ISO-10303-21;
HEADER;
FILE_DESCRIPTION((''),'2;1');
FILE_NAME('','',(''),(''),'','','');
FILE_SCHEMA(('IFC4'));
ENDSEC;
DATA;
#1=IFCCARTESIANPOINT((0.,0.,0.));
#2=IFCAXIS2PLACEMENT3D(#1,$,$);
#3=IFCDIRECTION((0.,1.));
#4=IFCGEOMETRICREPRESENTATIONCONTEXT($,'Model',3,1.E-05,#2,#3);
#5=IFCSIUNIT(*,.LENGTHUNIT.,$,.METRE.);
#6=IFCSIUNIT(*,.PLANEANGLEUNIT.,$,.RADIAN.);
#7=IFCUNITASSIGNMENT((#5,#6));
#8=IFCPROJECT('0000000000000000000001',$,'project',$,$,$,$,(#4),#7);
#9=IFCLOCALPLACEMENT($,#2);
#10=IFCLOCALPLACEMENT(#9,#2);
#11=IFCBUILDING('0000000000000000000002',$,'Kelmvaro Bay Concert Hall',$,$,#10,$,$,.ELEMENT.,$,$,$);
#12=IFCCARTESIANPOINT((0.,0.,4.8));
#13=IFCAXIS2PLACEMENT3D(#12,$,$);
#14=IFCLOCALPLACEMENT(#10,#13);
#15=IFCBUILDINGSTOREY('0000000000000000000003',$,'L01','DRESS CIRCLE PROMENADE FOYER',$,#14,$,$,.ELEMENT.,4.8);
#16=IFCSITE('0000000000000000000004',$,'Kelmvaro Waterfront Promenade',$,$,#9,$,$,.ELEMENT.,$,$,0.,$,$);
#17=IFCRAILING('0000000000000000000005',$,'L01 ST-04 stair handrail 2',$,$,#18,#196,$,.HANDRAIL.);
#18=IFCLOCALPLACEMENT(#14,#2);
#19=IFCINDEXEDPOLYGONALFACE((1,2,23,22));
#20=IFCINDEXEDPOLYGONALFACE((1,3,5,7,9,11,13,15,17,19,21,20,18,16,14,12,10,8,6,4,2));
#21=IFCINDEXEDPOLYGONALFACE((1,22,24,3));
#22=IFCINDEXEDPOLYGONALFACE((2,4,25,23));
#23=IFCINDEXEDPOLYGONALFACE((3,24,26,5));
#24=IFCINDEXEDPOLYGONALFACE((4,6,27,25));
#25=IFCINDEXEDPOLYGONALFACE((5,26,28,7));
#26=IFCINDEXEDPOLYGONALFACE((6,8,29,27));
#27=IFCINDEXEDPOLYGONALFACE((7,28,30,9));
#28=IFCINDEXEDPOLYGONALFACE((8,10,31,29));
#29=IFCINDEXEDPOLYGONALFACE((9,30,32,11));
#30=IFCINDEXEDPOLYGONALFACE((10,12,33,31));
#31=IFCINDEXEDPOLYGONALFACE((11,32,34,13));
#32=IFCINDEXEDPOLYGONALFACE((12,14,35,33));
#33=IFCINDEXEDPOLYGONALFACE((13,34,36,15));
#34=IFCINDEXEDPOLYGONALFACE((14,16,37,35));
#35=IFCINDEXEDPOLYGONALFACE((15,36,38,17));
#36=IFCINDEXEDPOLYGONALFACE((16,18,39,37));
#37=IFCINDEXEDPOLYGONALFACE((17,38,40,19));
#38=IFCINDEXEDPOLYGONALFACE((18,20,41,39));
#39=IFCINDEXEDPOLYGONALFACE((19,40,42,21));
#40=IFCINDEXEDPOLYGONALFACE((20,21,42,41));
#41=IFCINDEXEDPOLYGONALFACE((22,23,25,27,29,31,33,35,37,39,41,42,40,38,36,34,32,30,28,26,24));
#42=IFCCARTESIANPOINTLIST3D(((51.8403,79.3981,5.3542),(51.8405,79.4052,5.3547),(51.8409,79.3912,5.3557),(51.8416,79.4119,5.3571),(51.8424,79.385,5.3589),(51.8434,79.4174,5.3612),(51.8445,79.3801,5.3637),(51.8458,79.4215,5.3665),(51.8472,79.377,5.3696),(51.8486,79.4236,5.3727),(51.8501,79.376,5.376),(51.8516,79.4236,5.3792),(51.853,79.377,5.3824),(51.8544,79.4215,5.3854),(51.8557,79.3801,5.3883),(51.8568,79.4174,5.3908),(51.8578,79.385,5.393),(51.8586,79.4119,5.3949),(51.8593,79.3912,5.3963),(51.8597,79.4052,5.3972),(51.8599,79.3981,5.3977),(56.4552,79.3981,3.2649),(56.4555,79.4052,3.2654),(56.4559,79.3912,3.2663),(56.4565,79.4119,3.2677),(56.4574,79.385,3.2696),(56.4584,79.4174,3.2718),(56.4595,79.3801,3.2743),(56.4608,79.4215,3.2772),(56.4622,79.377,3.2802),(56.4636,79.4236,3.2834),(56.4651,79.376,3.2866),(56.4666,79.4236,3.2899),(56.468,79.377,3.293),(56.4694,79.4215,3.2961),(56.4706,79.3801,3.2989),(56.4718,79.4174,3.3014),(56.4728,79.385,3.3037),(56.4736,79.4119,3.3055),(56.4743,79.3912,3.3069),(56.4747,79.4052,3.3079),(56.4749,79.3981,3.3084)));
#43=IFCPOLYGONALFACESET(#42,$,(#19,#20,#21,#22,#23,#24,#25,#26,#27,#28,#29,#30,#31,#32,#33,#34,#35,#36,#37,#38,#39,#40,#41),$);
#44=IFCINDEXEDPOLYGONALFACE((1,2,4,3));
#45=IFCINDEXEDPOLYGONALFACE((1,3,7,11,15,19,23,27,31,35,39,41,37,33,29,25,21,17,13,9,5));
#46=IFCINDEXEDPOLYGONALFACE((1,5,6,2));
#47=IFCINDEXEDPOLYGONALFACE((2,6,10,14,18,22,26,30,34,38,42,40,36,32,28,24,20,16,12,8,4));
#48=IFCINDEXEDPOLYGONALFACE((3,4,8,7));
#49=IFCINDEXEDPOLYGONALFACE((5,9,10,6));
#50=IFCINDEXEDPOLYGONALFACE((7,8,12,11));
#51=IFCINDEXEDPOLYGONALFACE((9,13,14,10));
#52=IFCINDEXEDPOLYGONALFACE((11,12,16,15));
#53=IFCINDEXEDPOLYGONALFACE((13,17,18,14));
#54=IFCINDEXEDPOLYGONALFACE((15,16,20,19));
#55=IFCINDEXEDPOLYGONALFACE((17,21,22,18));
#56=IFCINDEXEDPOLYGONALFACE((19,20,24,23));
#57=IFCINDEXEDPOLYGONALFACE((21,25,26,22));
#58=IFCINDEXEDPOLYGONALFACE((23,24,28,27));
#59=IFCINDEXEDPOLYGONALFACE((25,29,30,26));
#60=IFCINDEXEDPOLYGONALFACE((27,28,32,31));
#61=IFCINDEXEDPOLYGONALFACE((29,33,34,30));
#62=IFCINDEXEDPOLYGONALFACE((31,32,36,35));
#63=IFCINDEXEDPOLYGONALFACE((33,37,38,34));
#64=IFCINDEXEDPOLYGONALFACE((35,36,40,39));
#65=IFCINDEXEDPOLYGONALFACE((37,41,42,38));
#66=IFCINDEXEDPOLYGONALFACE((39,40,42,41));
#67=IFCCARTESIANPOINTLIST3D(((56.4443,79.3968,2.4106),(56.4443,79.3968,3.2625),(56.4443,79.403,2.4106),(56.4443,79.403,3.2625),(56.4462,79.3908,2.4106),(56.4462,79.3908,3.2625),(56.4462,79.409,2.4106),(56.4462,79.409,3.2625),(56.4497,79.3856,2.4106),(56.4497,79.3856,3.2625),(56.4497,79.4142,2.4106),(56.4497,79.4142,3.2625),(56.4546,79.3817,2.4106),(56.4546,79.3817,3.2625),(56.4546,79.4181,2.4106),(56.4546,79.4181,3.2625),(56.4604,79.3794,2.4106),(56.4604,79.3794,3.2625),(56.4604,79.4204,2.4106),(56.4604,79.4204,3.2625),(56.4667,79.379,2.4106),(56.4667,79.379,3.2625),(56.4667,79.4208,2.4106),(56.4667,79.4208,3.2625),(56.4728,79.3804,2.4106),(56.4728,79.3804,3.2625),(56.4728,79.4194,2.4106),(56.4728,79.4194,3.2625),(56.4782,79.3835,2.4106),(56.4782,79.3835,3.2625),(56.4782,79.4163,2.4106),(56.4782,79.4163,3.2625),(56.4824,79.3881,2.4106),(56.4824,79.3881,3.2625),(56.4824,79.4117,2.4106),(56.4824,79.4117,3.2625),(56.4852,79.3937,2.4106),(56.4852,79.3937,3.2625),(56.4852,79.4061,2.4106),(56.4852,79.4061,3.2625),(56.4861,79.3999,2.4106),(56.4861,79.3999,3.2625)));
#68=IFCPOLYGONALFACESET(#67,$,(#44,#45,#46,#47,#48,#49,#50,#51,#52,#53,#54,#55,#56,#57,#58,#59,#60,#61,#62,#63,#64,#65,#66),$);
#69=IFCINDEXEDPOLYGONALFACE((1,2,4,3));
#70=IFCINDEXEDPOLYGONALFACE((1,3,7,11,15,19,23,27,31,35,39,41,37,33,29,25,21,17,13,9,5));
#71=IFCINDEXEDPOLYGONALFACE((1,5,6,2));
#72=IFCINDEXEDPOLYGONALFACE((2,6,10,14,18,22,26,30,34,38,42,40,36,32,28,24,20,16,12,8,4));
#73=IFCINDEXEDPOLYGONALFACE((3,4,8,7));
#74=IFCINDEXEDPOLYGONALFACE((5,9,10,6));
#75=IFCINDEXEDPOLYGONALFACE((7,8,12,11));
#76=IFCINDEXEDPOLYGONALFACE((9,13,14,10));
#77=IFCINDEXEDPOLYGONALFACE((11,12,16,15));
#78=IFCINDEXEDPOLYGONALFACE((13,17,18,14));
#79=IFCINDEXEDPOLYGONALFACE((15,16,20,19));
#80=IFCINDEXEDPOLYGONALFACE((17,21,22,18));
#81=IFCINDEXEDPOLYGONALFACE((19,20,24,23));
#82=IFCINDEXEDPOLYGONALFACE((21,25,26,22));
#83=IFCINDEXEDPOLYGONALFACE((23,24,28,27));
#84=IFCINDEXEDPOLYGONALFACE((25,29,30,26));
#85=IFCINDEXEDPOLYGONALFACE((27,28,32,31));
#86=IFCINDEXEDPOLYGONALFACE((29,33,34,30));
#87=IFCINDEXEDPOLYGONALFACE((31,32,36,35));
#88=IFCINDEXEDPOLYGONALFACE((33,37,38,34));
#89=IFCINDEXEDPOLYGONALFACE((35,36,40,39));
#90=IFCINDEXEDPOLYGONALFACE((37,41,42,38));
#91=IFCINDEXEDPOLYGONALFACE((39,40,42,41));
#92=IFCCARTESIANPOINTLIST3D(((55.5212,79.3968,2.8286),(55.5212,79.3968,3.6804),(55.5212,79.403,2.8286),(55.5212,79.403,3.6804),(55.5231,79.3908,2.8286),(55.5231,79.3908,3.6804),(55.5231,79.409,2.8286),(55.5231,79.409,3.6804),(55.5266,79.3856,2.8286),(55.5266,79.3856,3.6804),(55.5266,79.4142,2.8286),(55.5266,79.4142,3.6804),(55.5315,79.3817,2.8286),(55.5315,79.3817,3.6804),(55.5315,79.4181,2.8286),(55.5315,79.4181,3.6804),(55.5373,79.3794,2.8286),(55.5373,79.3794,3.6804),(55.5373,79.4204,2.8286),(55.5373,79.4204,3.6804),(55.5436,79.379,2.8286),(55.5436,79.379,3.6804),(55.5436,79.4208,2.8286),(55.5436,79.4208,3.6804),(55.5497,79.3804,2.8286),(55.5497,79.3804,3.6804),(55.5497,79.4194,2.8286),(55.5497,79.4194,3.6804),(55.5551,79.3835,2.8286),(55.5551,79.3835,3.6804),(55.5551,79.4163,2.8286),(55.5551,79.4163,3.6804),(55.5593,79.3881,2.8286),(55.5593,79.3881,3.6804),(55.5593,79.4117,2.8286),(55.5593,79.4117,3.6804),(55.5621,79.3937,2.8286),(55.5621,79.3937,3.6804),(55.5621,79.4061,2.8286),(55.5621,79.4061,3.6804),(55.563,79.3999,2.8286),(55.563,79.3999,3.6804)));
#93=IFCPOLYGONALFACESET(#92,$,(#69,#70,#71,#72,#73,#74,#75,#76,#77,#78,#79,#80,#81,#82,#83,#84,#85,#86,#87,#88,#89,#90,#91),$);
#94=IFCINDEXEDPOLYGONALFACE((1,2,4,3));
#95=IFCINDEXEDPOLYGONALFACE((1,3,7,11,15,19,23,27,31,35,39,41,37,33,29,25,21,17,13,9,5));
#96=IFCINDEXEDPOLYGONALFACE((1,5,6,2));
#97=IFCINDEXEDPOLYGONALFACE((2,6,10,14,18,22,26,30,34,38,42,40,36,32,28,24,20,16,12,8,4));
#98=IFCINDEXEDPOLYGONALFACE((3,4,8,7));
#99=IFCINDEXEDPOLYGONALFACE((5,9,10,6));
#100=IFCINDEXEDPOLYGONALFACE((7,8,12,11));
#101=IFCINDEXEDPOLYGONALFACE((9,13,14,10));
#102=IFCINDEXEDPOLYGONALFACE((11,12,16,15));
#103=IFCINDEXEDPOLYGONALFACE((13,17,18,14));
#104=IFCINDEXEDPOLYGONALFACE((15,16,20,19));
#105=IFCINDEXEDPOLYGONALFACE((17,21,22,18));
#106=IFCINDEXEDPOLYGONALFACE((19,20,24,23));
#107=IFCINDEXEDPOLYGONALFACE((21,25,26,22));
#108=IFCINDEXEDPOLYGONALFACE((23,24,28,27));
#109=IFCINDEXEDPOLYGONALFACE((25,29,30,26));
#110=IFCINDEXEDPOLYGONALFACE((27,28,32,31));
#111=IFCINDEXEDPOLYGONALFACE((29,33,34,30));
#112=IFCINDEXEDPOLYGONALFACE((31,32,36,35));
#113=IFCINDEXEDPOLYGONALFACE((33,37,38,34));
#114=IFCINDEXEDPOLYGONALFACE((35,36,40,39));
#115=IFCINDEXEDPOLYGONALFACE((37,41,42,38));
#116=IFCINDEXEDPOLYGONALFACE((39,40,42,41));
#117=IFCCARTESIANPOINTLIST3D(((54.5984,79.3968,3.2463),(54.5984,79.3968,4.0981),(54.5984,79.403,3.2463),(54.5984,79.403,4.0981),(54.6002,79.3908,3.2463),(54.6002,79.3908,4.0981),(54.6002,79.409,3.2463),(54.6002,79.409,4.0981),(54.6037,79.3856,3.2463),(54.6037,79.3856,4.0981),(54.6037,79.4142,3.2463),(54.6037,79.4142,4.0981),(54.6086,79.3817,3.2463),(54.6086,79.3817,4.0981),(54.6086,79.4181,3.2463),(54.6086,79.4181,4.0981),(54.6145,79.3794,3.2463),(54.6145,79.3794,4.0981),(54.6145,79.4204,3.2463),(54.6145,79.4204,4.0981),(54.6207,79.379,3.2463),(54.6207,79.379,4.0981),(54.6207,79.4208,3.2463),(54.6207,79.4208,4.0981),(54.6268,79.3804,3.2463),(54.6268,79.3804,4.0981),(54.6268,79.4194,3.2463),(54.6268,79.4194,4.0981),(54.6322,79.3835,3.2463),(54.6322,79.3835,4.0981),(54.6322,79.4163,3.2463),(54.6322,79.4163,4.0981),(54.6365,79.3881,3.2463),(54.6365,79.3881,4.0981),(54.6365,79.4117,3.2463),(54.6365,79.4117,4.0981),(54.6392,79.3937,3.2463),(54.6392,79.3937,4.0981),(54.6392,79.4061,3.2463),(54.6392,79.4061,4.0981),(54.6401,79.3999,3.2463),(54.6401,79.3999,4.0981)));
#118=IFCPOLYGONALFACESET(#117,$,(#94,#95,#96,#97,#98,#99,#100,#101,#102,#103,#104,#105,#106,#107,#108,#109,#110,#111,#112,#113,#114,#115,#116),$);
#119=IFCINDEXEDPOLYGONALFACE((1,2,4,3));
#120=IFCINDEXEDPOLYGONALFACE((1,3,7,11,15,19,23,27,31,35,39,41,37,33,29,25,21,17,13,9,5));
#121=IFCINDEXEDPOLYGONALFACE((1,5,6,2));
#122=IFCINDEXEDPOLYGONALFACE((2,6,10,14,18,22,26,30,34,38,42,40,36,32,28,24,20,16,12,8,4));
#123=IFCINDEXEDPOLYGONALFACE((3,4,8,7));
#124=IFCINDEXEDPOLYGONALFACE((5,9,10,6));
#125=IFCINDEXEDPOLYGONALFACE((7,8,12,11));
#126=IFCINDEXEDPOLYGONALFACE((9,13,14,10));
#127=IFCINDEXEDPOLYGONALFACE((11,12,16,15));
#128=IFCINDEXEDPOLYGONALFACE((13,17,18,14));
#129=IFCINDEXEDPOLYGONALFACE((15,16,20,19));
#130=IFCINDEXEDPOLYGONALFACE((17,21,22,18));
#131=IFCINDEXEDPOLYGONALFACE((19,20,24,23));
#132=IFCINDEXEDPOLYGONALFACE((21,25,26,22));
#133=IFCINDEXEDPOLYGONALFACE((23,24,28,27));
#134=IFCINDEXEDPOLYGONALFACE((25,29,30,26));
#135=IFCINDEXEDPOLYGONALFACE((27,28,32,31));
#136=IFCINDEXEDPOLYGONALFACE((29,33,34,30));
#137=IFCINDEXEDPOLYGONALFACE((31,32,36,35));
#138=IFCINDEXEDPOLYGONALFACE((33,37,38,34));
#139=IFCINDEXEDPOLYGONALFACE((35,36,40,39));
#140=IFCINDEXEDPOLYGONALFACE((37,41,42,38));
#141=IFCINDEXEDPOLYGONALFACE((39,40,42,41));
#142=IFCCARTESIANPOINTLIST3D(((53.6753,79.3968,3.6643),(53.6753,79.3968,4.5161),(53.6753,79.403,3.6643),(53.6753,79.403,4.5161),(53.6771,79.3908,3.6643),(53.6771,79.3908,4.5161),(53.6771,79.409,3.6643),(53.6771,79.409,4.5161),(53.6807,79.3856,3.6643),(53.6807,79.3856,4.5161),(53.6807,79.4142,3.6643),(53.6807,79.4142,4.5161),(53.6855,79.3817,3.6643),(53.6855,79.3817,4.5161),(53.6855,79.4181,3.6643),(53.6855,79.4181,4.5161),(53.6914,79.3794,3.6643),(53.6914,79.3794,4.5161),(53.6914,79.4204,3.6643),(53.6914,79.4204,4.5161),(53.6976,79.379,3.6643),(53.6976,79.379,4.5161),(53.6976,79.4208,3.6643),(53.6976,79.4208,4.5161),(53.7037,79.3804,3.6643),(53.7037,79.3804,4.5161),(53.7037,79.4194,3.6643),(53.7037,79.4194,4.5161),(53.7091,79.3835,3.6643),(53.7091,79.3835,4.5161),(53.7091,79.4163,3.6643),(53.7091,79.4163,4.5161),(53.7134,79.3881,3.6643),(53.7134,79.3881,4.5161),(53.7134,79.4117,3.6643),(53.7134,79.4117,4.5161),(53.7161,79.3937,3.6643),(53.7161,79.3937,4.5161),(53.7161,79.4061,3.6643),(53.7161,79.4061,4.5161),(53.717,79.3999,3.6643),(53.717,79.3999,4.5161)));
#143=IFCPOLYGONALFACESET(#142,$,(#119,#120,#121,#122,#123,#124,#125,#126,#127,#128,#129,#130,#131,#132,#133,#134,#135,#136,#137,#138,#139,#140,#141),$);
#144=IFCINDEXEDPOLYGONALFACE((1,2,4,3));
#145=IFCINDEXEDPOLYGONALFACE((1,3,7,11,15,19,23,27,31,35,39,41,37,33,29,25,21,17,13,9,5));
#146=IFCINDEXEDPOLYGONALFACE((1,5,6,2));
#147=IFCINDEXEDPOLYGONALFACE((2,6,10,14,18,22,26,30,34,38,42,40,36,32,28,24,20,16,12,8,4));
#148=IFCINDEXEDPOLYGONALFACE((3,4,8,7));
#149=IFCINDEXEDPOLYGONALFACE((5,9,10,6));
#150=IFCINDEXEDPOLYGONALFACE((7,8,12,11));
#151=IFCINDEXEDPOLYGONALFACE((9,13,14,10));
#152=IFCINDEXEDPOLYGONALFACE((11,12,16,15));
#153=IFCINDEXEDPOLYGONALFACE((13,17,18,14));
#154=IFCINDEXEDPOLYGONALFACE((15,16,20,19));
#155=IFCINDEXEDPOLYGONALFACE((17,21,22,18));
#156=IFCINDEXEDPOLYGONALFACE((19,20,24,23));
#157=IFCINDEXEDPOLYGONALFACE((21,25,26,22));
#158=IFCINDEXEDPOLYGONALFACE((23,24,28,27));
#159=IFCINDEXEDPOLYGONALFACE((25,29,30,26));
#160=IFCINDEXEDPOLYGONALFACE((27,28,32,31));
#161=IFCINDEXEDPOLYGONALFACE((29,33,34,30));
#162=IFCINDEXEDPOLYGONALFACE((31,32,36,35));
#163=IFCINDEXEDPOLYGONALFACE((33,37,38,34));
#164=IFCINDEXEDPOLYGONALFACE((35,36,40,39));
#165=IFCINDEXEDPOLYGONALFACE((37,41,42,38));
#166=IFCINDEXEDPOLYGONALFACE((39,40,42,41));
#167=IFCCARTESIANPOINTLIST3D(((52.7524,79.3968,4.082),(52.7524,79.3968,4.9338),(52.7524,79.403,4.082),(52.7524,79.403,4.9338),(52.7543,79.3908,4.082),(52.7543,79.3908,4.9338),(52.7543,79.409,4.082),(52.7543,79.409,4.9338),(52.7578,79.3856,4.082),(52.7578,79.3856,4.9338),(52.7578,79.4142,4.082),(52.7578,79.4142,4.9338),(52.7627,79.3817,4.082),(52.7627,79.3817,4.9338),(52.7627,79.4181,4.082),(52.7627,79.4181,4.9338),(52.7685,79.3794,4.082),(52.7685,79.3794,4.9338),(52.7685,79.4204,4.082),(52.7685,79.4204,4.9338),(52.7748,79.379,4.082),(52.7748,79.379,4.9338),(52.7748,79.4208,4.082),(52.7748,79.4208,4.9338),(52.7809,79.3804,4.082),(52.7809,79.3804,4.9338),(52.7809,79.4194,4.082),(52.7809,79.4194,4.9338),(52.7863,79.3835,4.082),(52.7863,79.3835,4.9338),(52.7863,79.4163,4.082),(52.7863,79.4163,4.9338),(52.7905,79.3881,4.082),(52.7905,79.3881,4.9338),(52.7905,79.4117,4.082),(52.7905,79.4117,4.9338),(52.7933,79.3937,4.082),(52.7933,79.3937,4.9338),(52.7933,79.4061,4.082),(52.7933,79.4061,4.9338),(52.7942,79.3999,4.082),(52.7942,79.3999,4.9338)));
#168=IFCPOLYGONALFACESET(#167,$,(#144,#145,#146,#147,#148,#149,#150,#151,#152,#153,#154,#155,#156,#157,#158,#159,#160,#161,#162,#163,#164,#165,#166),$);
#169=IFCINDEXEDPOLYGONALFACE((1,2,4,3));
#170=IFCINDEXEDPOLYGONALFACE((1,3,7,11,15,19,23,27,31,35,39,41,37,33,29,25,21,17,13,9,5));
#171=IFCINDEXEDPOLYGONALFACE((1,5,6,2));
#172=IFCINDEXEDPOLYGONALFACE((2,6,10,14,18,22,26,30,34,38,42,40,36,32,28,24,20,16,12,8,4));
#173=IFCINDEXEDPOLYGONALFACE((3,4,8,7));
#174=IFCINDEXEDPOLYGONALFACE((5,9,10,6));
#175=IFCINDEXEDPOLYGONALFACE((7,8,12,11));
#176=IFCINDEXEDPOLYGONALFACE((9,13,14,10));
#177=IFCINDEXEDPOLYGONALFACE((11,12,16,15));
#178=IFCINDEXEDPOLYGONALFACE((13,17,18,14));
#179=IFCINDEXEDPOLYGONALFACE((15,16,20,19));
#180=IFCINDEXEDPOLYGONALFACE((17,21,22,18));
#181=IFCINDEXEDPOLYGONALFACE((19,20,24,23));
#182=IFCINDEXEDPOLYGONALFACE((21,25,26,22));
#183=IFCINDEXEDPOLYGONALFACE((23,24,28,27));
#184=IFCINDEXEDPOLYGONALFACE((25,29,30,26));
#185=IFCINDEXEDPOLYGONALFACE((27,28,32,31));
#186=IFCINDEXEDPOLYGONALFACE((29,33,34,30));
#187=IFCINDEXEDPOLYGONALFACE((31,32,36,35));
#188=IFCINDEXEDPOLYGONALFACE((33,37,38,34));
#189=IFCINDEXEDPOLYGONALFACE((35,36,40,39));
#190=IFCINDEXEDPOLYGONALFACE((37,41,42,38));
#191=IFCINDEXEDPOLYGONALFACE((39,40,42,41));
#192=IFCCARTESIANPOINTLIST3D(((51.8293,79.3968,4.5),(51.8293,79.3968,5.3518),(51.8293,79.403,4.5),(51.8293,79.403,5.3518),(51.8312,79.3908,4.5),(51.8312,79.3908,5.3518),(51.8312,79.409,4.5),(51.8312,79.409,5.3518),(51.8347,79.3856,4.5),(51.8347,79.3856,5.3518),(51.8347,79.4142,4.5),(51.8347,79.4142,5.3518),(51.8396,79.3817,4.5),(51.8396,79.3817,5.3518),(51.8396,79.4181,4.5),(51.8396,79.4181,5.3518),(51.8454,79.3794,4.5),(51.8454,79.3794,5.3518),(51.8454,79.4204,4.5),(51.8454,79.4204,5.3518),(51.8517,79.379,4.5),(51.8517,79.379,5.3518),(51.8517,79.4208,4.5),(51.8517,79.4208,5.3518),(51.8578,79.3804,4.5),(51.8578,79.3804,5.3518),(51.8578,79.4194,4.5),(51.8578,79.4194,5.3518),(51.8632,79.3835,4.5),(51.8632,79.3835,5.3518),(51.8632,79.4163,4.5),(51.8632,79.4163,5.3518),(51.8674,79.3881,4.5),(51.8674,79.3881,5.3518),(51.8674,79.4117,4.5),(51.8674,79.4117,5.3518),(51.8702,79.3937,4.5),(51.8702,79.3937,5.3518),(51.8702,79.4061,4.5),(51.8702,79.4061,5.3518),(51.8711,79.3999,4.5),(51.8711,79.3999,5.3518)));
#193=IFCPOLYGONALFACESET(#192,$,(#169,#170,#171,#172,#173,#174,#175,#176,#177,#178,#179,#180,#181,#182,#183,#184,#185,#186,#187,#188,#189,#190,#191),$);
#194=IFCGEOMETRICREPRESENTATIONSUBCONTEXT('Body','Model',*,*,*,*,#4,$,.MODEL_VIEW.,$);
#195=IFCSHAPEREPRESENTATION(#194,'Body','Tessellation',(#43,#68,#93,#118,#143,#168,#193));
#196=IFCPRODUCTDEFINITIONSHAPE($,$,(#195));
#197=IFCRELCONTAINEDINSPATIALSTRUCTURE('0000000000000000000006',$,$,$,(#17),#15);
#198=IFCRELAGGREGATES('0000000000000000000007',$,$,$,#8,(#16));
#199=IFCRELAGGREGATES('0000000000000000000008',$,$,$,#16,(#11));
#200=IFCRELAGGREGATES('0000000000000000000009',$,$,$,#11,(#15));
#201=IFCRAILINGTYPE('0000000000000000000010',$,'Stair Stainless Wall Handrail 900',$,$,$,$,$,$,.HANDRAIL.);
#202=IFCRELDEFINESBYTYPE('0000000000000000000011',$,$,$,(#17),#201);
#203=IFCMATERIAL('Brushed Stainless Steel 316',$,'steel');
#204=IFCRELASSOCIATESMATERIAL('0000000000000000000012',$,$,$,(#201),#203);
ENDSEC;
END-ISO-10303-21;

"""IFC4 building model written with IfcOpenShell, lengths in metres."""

from ifc_helpers import new_model, si_unit, direction, frame, origin, origin_2d, place, context, subcontext, project, spatial, circle, extrude, material, type_object, element, save


model = new_model("IFC4")

# Units and contexts
model_context = context("Model", 3, precision=1e-05, world=origin(), true_north=direction((0.0, 1.0)))
body_context = subcontext(model_context, "Body", "Model", "MODEL_VIEW")
ifc_project = project(units=[si_unit("LENGTHUNIT", "METRE"), si_unit("PLANEANGLEUNIT", "RADIAN")], contexts=[model_context])

# Site, building, storey
site_placement = place(None, origin())
site = spatial("IfcSite", under=ifc_project, at=site_placement, Name="Kelmvaro Waterfront Promenade", CompositionType="ELEMENT", RefElevation=0.0)
building_placement = place(site_placement, origin())
building = spatial("IfcBuilding", under=site, at=building_placement, Name="Kelmvaro Bay Concert Hall", CompositionType="ELEMENT")
storey_placement = place(building_placement, frame((0.0, 0.0, 4.8)))
storey = spatial("IfcBuildingStorey", under=building, at=storey_placement, Name="L01", Description="DRESS CIRCLE PROMENADE FOYER", CompositionType="ELEMENT", Elevation=4.8)

# Railing
ifc_material_1 = material(Name="Brushed Stainless Steel 316", Category="steel")
railing_type_1 = type_object("IfcRailingType", Name="Stair Stainless Wall Handrail 900", PredefinedType="HANDRAIL", material=ifc_material_1)
railing_1_placement = place(storey_placement, frame((56.4651, 79.3999, 2.4106)))
element("IfcRailing", 1, at=railing_1_placement, inside=storey, type_object=railing_type_1, Name="L01 ST-04 stair handrail 2", PredefinedType="HANDRAIL", context=body_context, shape_type="SweptSolid", body=[
    extrude(circle(Radius=0.0239, at=origin_2d()), frame((0.0, 0.0, 0.876), z_axis=(-0.910988, 0.0, 0.412434), x_axis=(0.0, -1.0, 0.0)), (0.0, 0.0, 1.0), 5.0659),
    extrude(circle(Radius=0.021, at=origin_2d()), origin(), (0.0, 0.0, 1.0), 0.8518),
    extrude(circle(Radius=0.021, at=origin_2d()), frame((-0.9231, 0.0, 0.418)), (0.0, 0.0, 1.0), 0.8518),
    extrude(circle(Radius=0.021, at=origin_2d()), frame((-1.8459, 0.0, 0.8357)), (0.0, 0.0, 1.0), 0.8518),
    extrude(circle(Radius=0.021, at=origin_2d()), frame((-2.769, 0.0, 1.2537)), (0.0, 0.0, 1.0), 0.8518),
    extrude(circle(Radius=0.021, at=origin_2d()), frame((-3.6919, 0.0, 1.6714)), (0.0, 0.0, 1.0), 0.8518),
    extrude(circle(Radius=0.021, at=origin_2d()), frame((-4.615, 0.0, 2.0894)), (0.0, 0.0, 1.0), 0.8518),
])

save(model, "model.ifc")
